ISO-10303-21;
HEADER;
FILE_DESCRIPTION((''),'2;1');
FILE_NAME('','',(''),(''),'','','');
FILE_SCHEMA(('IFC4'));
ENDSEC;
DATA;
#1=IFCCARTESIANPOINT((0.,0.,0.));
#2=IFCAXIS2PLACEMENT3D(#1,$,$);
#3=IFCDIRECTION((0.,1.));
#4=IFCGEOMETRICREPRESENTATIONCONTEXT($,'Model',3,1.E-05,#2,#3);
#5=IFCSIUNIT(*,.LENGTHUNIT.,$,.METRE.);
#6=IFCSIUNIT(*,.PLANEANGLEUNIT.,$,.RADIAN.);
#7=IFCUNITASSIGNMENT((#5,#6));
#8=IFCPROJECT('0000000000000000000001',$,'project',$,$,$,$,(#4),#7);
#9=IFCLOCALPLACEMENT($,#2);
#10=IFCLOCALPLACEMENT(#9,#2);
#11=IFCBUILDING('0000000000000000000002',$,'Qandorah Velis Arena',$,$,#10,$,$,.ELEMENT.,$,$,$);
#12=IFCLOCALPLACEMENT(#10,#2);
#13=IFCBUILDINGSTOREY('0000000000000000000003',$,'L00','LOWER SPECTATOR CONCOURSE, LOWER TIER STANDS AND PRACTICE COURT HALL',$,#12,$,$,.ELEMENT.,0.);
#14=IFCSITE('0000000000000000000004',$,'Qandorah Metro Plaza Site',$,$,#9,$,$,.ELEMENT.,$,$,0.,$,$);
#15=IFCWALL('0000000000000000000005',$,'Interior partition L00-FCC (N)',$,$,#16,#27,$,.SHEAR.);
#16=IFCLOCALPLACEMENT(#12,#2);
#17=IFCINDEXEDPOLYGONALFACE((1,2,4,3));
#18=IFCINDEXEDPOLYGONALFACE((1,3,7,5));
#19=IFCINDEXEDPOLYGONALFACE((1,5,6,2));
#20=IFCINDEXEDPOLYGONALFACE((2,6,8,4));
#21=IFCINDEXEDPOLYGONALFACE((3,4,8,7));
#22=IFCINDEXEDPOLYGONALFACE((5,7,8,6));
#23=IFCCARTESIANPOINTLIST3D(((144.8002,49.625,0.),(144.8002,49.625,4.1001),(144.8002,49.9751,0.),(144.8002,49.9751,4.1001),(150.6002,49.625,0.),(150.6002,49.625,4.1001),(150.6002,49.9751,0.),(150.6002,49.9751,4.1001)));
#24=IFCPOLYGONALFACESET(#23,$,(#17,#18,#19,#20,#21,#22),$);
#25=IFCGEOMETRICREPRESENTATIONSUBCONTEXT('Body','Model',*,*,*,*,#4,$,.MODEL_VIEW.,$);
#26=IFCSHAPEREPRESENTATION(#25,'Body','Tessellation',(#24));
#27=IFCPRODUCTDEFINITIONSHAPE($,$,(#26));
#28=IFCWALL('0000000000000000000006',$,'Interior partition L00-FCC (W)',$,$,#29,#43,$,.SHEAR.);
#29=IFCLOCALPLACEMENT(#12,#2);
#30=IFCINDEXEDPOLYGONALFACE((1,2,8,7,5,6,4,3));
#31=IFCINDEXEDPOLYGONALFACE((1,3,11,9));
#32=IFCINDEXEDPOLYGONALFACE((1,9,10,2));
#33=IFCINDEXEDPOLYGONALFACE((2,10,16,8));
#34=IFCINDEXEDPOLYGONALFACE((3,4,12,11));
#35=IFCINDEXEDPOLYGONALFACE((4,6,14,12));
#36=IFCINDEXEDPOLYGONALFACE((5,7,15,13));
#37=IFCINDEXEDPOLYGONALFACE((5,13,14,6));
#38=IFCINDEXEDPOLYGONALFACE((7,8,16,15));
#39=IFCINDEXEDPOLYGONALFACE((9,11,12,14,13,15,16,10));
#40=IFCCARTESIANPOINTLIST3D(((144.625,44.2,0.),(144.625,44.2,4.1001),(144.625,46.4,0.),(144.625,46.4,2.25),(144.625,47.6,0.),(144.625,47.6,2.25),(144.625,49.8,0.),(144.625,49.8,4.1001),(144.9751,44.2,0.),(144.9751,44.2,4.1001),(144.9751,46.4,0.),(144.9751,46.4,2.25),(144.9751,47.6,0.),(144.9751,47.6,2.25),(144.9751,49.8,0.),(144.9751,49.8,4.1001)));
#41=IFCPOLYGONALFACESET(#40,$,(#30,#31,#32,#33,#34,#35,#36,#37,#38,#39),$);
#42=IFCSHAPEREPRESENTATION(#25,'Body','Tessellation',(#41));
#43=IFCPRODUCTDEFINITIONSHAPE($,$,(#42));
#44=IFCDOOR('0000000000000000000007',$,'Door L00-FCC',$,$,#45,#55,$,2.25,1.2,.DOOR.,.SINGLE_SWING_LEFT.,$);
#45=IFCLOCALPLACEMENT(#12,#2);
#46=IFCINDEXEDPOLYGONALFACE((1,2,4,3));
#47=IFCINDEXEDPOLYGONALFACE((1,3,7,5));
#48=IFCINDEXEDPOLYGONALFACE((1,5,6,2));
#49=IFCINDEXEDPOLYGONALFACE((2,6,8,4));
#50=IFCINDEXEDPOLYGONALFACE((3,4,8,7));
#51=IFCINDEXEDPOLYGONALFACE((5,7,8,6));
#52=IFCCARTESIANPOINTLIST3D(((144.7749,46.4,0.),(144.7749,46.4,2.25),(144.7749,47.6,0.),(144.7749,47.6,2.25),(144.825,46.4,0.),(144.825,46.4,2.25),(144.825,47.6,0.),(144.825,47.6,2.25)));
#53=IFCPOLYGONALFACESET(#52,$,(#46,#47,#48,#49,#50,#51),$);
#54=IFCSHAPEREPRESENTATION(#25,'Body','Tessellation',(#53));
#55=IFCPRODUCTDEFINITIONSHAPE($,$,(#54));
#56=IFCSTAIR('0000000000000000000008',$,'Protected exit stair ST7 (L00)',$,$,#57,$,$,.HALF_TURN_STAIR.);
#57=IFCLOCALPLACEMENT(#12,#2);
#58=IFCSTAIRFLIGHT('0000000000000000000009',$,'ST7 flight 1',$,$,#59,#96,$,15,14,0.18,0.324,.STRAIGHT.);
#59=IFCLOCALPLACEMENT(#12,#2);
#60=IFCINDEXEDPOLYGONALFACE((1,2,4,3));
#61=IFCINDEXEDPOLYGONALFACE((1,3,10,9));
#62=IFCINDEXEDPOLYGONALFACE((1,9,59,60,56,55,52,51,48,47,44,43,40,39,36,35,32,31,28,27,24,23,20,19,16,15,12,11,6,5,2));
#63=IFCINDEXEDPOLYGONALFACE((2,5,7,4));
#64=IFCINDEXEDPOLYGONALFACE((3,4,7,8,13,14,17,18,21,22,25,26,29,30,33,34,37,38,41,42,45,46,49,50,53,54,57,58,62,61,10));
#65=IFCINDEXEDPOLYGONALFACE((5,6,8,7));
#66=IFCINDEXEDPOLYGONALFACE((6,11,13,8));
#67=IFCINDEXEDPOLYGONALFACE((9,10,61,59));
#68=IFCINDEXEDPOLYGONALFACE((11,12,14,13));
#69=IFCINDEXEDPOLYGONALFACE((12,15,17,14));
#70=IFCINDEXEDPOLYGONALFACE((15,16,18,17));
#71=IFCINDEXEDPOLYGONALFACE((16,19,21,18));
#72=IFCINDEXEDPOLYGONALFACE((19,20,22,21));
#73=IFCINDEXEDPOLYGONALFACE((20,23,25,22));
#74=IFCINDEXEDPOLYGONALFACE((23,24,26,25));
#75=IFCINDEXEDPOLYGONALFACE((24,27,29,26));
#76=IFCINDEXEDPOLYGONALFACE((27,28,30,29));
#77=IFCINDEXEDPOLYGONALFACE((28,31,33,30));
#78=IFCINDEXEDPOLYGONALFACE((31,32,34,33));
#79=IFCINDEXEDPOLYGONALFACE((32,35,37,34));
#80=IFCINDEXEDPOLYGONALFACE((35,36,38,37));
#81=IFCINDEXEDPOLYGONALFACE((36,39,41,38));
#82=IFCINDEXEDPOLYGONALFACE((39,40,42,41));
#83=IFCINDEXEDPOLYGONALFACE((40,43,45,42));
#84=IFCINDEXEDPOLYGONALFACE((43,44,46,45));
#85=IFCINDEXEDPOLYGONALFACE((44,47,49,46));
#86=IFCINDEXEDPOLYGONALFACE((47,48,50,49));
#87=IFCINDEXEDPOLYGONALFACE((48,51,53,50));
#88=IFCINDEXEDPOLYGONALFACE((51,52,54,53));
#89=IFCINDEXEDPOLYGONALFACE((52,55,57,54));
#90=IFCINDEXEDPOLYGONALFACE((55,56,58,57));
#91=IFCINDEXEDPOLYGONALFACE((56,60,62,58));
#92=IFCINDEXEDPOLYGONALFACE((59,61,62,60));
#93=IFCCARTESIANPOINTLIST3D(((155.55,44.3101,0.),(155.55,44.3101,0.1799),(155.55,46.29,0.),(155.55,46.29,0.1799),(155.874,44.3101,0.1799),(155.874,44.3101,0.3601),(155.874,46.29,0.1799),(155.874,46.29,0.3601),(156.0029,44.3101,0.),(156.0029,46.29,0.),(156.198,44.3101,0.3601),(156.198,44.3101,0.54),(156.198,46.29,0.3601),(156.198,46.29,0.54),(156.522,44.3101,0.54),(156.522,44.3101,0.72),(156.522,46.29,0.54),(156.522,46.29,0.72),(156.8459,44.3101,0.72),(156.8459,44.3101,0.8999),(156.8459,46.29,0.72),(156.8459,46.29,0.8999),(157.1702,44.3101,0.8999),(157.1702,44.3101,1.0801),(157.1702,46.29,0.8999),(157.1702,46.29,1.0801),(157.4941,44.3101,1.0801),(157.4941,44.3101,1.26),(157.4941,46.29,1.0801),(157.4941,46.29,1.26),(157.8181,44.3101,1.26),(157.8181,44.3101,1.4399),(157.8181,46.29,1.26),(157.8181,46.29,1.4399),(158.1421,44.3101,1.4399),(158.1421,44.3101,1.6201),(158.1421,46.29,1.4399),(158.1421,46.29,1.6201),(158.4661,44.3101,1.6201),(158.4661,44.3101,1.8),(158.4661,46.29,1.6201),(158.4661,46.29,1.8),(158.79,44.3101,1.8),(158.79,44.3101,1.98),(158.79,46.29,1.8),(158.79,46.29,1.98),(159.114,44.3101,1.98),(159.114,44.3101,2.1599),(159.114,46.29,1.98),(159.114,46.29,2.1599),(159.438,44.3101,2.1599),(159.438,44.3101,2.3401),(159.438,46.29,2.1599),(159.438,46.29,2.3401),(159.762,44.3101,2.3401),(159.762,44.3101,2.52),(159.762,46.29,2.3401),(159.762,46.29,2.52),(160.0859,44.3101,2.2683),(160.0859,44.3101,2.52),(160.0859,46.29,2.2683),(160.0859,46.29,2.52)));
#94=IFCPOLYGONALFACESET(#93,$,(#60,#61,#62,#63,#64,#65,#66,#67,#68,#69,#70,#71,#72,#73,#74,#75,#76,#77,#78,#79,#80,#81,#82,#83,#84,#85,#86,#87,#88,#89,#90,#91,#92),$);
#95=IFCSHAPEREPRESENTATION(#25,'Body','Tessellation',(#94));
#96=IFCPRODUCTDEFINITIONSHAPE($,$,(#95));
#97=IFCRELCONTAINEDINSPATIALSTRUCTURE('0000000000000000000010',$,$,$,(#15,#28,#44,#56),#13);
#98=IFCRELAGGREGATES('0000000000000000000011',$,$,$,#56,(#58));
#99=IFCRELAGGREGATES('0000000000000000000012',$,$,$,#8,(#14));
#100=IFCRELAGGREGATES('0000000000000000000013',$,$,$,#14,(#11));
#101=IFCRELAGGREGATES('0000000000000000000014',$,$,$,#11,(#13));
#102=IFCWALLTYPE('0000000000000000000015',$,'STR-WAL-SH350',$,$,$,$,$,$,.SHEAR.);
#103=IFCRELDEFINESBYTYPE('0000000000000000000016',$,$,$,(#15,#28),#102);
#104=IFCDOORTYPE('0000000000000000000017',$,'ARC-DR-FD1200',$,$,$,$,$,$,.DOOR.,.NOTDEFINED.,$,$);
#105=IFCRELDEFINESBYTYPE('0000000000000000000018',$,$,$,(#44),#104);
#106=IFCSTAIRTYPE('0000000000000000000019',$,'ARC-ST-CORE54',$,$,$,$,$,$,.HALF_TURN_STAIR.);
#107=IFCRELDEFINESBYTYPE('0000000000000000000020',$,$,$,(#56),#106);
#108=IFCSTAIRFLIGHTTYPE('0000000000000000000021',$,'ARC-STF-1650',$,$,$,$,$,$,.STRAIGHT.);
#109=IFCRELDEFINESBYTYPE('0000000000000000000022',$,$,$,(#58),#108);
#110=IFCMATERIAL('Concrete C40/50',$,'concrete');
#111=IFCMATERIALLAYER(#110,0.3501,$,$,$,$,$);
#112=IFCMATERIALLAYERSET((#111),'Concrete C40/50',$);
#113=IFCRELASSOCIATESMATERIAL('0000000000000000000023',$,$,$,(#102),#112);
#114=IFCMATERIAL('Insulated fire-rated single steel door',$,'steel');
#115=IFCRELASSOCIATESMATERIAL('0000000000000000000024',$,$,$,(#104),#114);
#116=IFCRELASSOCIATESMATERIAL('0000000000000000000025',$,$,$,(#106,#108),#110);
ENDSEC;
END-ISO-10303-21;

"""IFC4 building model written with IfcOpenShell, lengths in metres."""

from ifc_helpers import new_model, si_unit, direction, frame, frame_2d, origin, place, context, subcontext, project, spatial, polyline, rectangle, outline, extrude, material, layer, layer_set, type_object, element, fill, aggregate, save


model = new_model("IFC4")

# Units and contexts
model_context = context("Model", 3, precision=1e-05, world=origin(), true_north=direction((0.0, 1.0)))
body_context = subcontext(model_context, "Body", "Model", "MODEL_VIEW")
ifc_project = project(units=[si_unit("LENGTHUNIT", "METRE"), si_unit("PLANEANGLEUNIT", "RADIAN")], contexts=[model_context])

# Site, building, storey
site_placement = place(None, origin())
site = spatial("IfcSite", under=ifc_project, at=site_placement, Name="Qandorah Metro Plaza Site", CompositionType="ELEMENT", RefElevation=0.0)
building_placement = place(site_placement, origin())
building = spatial("IfcBuilding", under=site, at=building_placement, Name="Qandorah Velis Arena", CompositionType="ELEMENT")
storey_placement = place(building_placement, origin())
storey = spatial("IfcBuildingStorey", under=building, at=storey_placement, Name="L00", Description="LOWER SPECTATOR CONCOURSE, LOWER TIER STANDS AND PRACTICE COURT HALL", CompositionType="ELEMENT", Elevation=0.0)

# Shared definitions
ifc_material_1 = material(Name="Concrete C40/50", Category="concrete")

# Wall
ifc_layer_1 = layer(ifc_material_1, 0.3501)
ifc_layer_set_1 = layer_set([ifc_layer_1], Name="Concrete C40/50")
wall_type_1 = type_object("IfcWallType", Name="STR-WAL-SH350", PredefinedType="SHEAR", material=ifc_layer_set_1)
for number, where, z_axis, x_axis, name in (
    (1, (150.6001, 49.8, 0.0), (0.0, 0.0, 1.0), (-1.0, 0.0, 0.0), "Interior partition L00-FCC (N)"),
):
    element("IfcWall", number, at=place(storey_placement, frame(where, z_axis=z_axis, x_axis=x_axis)), inside=storey, type_object=wall_type_1, Name=name, PredefinedType="SHEAR", context=body_context, shape_type="SweptSolid", body=[
        extrude(rectangle(XDim=5.8, YDim=0.3501, at=frame_2d((2.8999, 0.0))), origin(), (0.0, 0.0, 1.0), 4.1001),
    ])

# Wall, opening, door
wall_1_placement = place(storey_placement, frame((144.8, 49.8, 0.0), z_axis=(0.0, 0.0, 1.0), x_axis=(0.0, -1.0, 0.0)))
wall_1 = element("IfcWall", 2, at=wall_1_placement, inside=storey, type_object=wall_type_1, Name="Interior partition L00-FCC (W)", PredefinedType="SHEAR", context=body_context, shape_type="SweptSolid", body=[
    extrude(rectangle(XDim=5.6001, YDim=0.3501, at=frame_2d((2.8, 0.0))), origin(), (0.0, 0.0, 1.0), 4.1001),
])
opening_1_placement = place(wall_1_placement, frame((2.2, 0.0, 0.0)))
opening_1 = element("IfcOpeningElement", 3, at=opening_1_placement, cuts=wall_1, PredefinedType="OPENING", context=body_context, shape_type="SweptSolid", body=[
    extrude(rectangle(XDim=1.2, YDim=2.25, at=frame_2d((0.6001, 1.125))), frame((0.0, 0.1851, 0.0), z_axis=(0.0, -1.0, 0.0), x_axis=(1.0, 0.0, 0.0)), (0.0, 0.0, 1.0), 0.3701),
])
ifc_material_2 = material(Name="Insulated fire-rated single steel door", Category="steel")
door_type_1 = type_object("IfcDoorType", Name="ARC-DR-FD1200", OperationType="NOTDEFINED", PredefinedType="DOOR", material=ifc_material_2)
door_1_placement = place(opening_1_placement, origin())
door_1 = element("IfcDoor", 4, at=door_1_placement, inside=storey, type_object=door_type_1, Name="Door L00-FCC", OperationType="SINGLE_SWING_LEFT", OverallHeight=2.25, OverallWidth=1.2, PredefinedType="DOOR", context=body_context, shape_type="SweptSolid", body=[
    extrude(rectangle(XDim=1.2, YDim=2.25, at=frame_2d((0.6001, 1.125))), frame((0.0, 0.0249, 0.0), z_axis=(0.0, -1.0, 0.0), x_axis=(1.0, 0.0, 0.0)), (0.0, 0.0, 1.0), 0.05),
])
fill(opening_1, door_1)

# Stair, stair flight
stair_type = type_object("IfcStairType", Name="ARC-ST-CORE54", PredefinedType="HALF_TURN_STAIR", material=ifc_material_1)
stair_placement = place(storey_placement, origin())
stair = element("IfcStair", 5, at=stair_placement, inside=storey, type_object=stair_type, Name="Protected exit stair ST7 (L00)", PredefinedType="HALF_TURN_STAIR")
stair_flight_type = type_object("IfcStairFlightType", Name="ARC-STF-1650", PredefinedType="STRAIGHT", material=ifc_material_1)
stair_flight_placement = place(storey_placement, frame((155.55, 45.3, 0.0), z_axis=(0.0, 0.0, 1.0), x_axis=(1.0, 0.0, 0.0)))
stair_flight = element("IfcStairFlight", 6, at=stair_flight_placement, type_object=stair_flight_type, Name="ST7 flight 1", NumberOfRisers=15, NumberOfTreads=14, PredefinedType="STRAIGHT", RiserHeight=0.18, TreadLength=0.324, context=body_context, shape_type="SweptSolid", body=[
    extrude(outline(polyline([(0.0, 0.0), (0.0, 0.1799), (0.324, 0.1799), (0.324, 0.3601), (0.6479, 0.3601), (0.6479, 0.54), (0.9719, 0.54), (0.9719, 0.72), (1.2959, 0.72), (1.2959, 0.8999), (1.6201, 0.8999), (1.6201, 1.0801), (1.9441, 1.0801), (1.9441, 1.26), (2.2681, 1.26), (2.2681, 1.4399), (2.592, 1.4399), (2.592, 1.6201), (2.916, 1.6201), (2.916, 1.8), (3.24, 1.8), (3.24, 1.98), (3.564, 1.98), (3.564, 2.1599), (3.8879, 2.1599), (3.8879, 2.3401), (4.2119, 2.3401), (4.2119, 2.52), (4.5359, 2.52), (4.5359, 2.7), (4.5359, 2.2683), (0.4529, 0.0), (0.0, 0.0)])), frame((0.0, 0.99, 0.0), z_axis=(0.0, -1.0, 0.0), x_axis=(1.0, 0.0, 0.0)), (0.0, 0.0, 1.0), 1.98),
])
aggregate(stair, [stair_flight])

save(model, "model.ifc")
